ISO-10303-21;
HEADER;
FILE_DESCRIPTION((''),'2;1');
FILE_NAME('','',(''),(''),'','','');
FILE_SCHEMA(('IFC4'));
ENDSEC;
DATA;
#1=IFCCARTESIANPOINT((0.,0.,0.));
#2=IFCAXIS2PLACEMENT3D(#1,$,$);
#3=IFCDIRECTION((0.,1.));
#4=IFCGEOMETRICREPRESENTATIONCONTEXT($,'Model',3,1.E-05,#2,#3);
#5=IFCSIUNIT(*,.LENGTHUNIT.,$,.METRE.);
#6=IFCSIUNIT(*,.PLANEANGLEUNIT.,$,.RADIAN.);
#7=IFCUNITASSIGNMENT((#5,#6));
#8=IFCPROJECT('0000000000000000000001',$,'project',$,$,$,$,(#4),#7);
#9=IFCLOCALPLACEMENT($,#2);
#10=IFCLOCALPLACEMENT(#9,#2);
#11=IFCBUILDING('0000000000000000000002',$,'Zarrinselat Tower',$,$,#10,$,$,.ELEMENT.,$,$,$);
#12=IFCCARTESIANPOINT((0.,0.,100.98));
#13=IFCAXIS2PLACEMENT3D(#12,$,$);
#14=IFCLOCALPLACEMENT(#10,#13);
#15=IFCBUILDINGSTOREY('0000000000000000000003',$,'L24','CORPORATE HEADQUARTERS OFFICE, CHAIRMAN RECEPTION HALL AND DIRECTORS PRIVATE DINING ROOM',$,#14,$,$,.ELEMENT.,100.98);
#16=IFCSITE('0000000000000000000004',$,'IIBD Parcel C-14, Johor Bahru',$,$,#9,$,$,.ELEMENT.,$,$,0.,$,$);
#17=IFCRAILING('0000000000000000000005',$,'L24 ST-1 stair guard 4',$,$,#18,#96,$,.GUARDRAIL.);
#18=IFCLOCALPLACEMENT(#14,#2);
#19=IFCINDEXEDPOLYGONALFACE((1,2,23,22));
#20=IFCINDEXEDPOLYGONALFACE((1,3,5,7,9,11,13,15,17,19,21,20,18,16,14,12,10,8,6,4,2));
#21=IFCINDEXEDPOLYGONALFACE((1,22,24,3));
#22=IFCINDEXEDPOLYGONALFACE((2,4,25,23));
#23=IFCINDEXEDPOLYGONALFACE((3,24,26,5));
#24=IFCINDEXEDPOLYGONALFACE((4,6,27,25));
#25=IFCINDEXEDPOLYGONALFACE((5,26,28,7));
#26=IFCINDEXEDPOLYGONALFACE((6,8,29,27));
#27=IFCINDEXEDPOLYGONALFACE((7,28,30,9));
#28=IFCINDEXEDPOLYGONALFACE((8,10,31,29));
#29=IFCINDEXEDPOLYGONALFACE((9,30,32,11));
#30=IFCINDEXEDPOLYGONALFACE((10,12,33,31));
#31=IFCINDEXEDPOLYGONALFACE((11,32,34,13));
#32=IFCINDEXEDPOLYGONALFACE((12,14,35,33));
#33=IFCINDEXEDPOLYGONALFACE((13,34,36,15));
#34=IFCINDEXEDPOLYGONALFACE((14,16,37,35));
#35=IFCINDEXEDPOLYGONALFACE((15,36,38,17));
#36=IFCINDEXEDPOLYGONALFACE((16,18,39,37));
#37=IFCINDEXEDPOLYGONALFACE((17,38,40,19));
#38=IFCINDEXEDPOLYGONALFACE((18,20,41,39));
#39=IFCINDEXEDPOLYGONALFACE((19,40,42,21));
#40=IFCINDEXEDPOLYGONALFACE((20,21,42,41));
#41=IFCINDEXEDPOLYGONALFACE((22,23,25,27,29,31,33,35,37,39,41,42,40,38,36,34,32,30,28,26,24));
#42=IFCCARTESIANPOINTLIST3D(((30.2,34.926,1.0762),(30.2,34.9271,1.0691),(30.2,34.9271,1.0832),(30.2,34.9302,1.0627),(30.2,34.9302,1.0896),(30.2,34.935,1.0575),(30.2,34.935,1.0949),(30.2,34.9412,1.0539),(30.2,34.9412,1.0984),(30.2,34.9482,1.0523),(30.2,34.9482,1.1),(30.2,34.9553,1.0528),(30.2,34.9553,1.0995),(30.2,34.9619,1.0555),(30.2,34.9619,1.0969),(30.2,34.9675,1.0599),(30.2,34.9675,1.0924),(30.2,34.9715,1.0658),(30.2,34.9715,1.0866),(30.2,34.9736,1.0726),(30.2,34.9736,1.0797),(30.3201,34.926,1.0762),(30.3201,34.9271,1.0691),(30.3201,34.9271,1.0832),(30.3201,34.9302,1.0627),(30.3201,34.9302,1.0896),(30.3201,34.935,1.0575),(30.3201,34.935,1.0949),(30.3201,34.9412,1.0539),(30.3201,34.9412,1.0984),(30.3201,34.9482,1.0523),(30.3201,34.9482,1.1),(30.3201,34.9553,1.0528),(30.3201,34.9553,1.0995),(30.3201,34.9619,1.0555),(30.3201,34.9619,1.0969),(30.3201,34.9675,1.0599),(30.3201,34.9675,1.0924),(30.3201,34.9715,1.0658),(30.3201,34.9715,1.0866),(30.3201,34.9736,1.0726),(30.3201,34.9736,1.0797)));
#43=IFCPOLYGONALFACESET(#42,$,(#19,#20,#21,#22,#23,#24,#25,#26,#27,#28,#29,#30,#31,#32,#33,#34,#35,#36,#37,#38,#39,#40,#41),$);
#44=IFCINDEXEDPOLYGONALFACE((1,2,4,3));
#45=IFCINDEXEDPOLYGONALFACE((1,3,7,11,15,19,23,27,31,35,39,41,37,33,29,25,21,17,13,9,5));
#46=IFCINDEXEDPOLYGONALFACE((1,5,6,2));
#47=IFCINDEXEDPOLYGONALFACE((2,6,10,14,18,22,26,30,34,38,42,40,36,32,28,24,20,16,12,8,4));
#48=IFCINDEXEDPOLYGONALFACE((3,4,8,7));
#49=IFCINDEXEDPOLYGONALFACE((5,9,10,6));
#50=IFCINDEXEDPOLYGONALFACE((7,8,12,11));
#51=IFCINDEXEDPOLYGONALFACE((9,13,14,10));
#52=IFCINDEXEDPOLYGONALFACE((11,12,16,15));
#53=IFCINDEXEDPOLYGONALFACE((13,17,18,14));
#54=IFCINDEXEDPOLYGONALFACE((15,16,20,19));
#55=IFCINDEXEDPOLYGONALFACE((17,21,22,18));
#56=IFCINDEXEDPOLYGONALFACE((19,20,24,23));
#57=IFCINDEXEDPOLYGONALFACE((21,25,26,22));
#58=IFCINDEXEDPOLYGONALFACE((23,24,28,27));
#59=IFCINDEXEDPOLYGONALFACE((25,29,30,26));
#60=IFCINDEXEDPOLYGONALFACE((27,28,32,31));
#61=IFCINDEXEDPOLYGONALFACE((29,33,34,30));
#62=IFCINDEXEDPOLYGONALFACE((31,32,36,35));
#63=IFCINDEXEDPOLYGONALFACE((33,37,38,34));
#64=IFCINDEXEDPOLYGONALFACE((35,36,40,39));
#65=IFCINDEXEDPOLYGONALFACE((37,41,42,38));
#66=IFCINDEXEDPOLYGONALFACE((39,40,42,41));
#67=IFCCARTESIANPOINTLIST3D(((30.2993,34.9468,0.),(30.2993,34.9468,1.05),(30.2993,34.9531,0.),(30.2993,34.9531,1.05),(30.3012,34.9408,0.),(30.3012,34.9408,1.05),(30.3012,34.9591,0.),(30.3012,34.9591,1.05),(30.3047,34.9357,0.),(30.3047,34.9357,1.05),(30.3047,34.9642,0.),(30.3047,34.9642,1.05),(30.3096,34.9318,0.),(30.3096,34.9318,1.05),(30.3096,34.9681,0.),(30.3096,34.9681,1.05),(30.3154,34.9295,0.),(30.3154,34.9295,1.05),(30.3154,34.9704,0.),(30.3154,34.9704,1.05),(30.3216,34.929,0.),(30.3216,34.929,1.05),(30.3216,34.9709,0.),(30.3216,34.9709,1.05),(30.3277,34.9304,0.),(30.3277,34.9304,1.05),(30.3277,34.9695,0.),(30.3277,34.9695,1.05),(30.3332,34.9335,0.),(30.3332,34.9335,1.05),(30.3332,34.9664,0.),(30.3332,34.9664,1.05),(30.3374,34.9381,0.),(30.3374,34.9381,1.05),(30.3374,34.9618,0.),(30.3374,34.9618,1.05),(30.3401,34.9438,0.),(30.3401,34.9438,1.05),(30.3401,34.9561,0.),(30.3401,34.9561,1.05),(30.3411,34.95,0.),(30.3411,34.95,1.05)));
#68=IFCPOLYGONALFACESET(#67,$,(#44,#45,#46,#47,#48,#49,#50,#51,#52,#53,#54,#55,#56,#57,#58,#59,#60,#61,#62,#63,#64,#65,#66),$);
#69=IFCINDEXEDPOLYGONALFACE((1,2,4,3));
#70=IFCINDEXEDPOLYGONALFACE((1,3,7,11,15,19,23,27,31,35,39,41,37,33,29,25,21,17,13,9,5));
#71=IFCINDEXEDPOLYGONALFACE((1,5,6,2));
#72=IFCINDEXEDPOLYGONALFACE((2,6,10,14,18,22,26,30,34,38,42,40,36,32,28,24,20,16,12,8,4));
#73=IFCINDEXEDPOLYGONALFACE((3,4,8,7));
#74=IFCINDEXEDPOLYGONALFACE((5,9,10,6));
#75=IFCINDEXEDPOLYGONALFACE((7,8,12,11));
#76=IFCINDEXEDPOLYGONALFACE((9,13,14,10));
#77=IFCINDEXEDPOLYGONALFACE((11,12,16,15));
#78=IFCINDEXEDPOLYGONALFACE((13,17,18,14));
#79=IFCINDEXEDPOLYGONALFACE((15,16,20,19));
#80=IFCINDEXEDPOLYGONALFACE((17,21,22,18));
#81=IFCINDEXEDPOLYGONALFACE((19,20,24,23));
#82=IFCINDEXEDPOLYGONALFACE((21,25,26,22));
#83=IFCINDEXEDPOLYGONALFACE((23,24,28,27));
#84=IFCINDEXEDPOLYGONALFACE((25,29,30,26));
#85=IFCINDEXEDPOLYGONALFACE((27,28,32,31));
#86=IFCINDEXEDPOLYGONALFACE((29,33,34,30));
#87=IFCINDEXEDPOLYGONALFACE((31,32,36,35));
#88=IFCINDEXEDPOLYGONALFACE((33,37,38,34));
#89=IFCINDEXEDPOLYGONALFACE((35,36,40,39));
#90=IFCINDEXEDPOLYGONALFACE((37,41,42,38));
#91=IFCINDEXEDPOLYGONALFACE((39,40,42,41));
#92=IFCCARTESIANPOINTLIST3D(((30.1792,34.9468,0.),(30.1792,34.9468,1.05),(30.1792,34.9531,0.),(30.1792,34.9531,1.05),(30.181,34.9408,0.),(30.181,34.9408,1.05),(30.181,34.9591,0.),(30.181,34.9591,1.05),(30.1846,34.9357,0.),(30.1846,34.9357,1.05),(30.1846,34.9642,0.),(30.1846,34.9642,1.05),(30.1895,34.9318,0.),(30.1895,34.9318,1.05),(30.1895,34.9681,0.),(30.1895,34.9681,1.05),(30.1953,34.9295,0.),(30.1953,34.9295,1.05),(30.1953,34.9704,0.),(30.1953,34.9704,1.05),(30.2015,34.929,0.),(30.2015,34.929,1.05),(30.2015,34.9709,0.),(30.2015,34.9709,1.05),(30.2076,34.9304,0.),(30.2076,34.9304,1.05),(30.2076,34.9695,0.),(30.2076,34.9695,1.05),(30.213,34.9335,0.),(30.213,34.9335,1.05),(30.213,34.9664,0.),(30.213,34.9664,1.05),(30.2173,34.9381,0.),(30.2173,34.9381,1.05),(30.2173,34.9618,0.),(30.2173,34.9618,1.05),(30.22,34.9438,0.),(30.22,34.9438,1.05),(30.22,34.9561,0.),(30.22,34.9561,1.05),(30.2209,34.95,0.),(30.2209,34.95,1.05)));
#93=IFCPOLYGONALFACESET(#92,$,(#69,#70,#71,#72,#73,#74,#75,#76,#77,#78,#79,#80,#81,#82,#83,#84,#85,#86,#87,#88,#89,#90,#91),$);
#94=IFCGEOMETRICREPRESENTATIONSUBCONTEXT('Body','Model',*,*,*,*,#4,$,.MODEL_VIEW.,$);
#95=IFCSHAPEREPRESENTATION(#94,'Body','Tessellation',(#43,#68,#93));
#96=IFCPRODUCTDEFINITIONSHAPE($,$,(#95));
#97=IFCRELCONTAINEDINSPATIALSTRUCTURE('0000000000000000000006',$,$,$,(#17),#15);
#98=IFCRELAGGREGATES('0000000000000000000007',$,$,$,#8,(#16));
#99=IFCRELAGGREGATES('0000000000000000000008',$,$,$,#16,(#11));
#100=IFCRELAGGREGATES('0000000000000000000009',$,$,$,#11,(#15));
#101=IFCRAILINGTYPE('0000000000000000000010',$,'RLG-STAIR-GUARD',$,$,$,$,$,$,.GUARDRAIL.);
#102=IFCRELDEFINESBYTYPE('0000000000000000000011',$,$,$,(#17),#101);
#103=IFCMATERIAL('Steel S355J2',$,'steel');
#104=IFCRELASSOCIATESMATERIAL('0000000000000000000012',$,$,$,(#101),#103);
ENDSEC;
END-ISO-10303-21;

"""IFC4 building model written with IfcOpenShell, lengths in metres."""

from ifc_helpers import new_model, si_unit, direction, frame, origin, origin_2d, place, context, subcontext, project, spatial, circle, extrude, material, type_object, element, save


model = new_model("IFC4")

# Units and contexts
model_context = context("Model", 3, precision=1e-05, world=origin(), true_north=direction((0.0, 1.0)))
body_context = subcontext(model_context, "Body", "Model", "MODEL_VIEW")
ifc_project = project(units=[si_unit("LENGTHUNIT", "METRE"), si_unit("PLANEANGLEUNIT", "RADIAN")], contexts=[model_context])

# Site, building, storey
site_placement = place(None, origin())
site = spatial("IfcSite", under=ifc_project, at=site_placement, Name="IIBD Parcel C-14, Johor Bahru", CompositionType="ELEMENT", RefElevation=0.0)
building_placement = place(site_placement, origin())
building = spatial("IfcBuilding", under=site, at=building_placement, Name="Zarrinselat Tower", CompositionType="ELEMENT")
storey_placement = place(building_placement, frame((0.0, 0.0, 100.98)))
storey = spatial("IfcBuildingStorey", under=building, at=storey_placement, Name="L24", Description="CORPORATE HEADQUARTERS OFFICE, CHAIRMAN RECEPTION HALL AND DIRECTORS PRIVATE DINING ROOM", CompositionType="ELEMENT", Elevation=100.98)

# Railing
ifc_material_1 = material(Name="Steel S355J2", Category="steel")
railing_type_1 = type_object("IfcRailingType", Name="RLG-STAIR-GUARD", PredefinedType="GUARDRAIL", material=ifc_material_1)
railing_1_placement = place(storey_placement, frame((30.3201, 34.95, 0.0)))
element("IfcRailing", 1, at=railing_1_placement, inside=storey, type_object=railing_type_1, Name="L24 ST-1 stair guard 4", PredefinedType="GUARDRAIL", context=body_context, shape_type="SweptSolid", body=[
    extrude(circle(Radius=0.0239, at=origin_2d()), frame((0.0, 0.0, 1.0762), z_axis=(-1.0, 0.0, 0.0), x_axis=(0.0, -1.0, 0.0)), (0.0, 0.0, 1.0), 0.1201),
    extrude(circle(Radius=0.021, at=origin_2d()), origin(), (0.0, 0.0, 1.0), 1.05),
    extrude(circle(Radius=0.021, at=origin_2d()), frame((-0.1201, 0.0, 0.0)), (0.0, 0.0, 1.0), 1.05),
])

save(model, "model.ifc")
